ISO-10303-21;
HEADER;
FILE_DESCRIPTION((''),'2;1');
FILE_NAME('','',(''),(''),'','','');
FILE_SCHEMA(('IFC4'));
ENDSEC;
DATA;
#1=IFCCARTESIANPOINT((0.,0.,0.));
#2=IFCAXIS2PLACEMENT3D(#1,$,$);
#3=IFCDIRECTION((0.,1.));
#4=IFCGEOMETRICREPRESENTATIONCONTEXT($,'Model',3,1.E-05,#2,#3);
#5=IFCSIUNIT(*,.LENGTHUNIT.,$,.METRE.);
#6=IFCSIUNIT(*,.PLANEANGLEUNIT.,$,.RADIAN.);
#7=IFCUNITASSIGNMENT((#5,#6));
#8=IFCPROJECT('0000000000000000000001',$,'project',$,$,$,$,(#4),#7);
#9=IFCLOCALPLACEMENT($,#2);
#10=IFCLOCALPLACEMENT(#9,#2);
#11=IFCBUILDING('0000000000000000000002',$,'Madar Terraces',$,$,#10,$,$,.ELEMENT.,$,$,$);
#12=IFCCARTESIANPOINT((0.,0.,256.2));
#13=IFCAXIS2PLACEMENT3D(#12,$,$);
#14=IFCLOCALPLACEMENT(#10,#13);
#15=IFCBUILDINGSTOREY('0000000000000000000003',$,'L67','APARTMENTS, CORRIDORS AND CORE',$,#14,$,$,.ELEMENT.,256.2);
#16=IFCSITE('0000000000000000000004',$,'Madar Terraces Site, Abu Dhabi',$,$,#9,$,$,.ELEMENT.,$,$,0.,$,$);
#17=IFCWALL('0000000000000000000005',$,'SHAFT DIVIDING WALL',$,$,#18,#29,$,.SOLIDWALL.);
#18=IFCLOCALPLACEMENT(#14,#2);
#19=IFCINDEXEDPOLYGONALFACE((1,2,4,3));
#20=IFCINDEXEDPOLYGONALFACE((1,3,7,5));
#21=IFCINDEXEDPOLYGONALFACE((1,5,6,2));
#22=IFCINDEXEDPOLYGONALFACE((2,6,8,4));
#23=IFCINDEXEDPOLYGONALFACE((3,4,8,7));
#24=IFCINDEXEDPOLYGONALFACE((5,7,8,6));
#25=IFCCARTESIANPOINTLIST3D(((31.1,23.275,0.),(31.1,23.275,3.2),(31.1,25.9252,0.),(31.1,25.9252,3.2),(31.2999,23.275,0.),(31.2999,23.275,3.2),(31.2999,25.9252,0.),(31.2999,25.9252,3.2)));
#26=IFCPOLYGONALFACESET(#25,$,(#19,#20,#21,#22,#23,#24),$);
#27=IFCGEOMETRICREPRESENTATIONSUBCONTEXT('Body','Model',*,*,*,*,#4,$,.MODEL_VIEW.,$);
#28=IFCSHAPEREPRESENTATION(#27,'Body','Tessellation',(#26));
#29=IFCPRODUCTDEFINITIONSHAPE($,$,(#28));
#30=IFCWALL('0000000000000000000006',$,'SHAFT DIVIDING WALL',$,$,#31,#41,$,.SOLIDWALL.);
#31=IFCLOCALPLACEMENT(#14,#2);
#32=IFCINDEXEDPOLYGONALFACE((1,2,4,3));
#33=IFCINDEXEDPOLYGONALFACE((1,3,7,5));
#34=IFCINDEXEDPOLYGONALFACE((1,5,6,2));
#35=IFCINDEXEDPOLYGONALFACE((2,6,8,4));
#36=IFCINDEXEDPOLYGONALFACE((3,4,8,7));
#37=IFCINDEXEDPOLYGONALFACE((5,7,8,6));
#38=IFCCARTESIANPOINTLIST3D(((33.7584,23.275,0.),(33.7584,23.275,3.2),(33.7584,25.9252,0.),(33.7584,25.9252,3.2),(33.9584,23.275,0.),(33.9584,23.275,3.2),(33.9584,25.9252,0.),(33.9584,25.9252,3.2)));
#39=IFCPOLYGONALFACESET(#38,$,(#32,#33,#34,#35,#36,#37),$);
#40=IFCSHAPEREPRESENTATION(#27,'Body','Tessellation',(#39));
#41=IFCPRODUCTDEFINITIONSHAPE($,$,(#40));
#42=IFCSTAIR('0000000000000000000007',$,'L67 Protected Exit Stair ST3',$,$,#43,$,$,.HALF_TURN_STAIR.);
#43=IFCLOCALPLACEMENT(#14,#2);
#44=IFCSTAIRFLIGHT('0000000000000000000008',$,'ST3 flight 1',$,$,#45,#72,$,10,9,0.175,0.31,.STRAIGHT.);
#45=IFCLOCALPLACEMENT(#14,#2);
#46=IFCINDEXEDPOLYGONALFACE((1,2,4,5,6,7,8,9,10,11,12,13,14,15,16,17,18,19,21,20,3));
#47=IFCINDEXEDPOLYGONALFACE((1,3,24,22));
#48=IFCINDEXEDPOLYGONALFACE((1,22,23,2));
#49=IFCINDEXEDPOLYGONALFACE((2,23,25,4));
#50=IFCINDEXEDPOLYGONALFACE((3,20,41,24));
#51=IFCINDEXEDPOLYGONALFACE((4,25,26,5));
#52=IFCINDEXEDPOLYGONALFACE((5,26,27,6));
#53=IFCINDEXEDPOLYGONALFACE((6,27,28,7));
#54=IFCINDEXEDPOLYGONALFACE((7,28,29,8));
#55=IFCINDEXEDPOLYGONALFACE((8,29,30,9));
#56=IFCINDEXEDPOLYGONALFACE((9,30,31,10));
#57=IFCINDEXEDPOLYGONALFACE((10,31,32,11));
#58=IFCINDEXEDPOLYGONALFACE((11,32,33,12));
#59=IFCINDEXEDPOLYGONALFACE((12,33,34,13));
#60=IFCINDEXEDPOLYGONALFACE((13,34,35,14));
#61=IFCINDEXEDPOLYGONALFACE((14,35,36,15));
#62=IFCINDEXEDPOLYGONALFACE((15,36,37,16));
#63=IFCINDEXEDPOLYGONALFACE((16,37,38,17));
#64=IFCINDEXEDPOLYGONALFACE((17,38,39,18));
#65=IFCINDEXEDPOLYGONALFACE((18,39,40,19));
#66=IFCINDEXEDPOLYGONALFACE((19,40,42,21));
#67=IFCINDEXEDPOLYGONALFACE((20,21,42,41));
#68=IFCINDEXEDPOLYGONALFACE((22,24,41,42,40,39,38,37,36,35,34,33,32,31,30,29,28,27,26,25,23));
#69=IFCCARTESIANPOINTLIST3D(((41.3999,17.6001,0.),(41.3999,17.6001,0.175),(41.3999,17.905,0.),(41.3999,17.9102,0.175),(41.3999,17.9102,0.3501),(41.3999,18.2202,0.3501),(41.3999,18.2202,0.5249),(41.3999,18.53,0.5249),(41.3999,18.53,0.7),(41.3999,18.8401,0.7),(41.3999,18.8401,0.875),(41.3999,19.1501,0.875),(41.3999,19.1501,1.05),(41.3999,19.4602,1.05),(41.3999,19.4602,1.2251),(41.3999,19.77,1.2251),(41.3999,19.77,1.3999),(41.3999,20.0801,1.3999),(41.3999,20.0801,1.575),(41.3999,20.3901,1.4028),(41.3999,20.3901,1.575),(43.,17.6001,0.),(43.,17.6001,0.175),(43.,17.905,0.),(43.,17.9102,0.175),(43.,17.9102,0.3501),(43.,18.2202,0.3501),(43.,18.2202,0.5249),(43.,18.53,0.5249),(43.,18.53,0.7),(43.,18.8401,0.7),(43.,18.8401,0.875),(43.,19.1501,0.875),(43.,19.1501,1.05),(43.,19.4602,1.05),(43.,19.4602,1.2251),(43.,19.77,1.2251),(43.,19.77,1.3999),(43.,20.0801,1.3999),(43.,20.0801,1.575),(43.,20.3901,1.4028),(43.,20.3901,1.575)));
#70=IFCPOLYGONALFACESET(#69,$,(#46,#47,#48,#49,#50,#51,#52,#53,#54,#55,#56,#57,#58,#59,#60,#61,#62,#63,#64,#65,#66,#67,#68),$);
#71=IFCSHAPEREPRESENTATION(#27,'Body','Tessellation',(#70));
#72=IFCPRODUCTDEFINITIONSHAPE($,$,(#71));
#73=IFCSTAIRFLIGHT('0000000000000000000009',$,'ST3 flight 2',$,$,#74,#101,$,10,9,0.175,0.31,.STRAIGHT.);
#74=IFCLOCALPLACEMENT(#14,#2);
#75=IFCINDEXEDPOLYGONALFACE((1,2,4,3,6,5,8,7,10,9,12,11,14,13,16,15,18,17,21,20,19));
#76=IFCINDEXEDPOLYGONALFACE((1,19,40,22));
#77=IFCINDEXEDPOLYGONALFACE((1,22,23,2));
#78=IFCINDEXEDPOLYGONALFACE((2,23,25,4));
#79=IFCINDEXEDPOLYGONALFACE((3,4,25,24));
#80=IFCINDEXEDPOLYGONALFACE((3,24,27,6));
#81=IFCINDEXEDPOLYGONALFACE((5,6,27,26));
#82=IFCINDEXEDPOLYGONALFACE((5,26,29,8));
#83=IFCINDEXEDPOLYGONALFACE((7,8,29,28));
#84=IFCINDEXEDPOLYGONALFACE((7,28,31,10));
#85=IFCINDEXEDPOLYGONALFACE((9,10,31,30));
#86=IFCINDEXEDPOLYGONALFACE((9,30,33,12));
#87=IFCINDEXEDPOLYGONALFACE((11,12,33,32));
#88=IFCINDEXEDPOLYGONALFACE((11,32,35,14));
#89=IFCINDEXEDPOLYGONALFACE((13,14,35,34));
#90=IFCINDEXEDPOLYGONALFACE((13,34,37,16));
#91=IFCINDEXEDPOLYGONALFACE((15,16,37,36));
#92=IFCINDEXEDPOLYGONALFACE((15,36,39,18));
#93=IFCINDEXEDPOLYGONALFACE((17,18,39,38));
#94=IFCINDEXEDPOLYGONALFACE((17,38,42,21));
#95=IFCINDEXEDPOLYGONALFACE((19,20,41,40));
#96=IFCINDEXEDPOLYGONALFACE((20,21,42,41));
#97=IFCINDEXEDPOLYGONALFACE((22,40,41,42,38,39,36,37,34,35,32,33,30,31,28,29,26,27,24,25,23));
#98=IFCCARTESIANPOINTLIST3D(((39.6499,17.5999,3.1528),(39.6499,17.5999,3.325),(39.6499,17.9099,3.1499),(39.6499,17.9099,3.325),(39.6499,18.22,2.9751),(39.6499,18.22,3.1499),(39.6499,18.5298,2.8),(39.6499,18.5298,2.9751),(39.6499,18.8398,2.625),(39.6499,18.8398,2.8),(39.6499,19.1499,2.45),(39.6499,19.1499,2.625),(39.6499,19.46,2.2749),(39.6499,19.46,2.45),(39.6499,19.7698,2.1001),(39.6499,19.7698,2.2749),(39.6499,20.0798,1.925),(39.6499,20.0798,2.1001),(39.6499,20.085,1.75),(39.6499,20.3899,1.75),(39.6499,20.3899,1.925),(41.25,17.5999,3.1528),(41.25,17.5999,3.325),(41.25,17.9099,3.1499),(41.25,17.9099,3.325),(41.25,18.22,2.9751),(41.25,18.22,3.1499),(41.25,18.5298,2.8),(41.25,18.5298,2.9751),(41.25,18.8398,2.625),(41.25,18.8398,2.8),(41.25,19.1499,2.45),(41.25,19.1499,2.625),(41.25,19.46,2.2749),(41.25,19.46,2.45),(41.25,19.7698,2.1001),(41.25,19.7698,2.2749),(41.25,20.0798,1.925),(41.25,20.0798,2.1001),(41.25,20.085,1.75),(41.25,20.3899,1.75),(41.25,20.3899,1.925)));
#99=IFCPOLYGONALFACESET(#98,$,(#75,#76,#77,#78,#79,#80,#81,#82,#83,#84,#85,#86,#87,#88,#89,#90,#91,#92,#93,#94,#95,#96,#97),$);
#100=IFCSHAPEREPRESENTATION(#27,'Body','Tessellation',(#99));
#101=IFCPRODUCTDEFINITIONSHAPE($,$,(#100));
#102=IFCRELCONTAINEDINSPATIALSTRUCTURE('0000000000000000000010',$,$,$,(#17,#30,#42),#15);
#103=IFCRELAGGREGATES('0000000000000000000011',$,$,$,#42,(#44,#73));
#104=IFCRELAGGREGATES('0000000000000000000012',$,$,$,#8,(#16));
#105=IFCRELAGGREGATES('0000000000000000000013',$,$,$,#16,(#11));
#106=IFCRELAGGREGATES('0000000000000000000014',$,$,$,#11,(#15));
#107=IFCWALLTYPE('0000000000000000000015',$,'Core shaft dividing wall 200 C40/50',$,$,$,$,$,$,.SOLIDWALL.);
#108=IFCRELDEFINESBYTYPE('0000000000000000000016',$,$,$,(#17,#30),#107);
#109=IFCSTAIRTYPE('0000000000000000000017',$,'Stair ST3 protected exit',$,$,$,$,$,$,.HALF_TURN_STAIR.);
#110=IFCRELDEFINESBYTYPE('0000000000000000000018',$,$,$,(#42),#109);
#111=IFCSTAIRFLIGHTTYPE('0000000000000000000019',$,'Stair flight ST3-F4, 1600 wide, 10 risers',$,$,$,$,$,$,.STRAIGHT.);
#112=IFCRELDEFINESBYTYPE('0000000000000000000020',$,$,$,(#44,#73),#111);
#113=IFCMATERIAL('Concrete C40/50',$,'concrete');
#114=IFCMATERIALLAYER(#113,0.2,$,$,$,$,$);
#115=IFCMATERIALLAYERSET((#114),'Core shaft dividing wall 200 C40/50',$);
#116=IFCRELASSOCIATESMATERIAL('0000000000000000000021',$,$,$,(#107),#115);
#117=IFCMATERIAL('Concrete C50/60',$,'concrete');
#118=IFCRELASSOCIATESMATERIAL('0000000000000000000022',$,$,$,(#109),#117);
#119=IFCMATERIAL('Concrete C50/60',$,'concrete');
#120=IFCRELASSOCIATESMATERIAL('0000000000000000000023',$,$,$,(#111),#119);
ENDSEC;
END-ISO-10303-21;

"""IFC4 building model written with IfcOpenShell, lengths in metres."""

from ifc_helpers import new_model, si_unit, direction, frame, frame_2d, origin, place, context, subcontext, project, spatial, polyline, rectangle, outline, extrude, material, layer, layer_set, type_object, element, aggregate, save


model = new_model("IFC4")

# Units and contexts
model_context = context("Model", 3, precision=1e-05, world=origin(), true_north=direction((0.0, 1.0)))
body_context = subcontext(model_context, "Body", "Model", "MODEL_VIEW")
ifc_project = project(units=[si_unit("LENGTHUNIT", "METRE"), si_unit("PLANEANGLEUNIT", "RADIAN")], contexts=[model_context])

# Site, building, storey
site_placement = place(None, origin())
site = spatial("IfcSite", under=ifc_project, at=site_placement, Name="Madar Terraces Site, Abu Dhabi", CompositionType="ELEMENT", RefElevation=0.0)
building_placement = place(site_placement, origin())
building = spatial("IfcBuilding", under=site, at=building_placement, Name="Madar Terraces", CompositionType="ELEMENT")
storey_placement = place(building_placement, frame((0.0, 0.0, 256.2)))
storey = spatial("IfcBuildingStorey", under=building, at=storey_placement, Name="L67", Description="APARTMENTS, CORRIDORS AND CORE", CompositionType="ELEMENT", Elevation=256.2)

# Walls
ifc_material_1 = material(Name="Concrete C40/50", Category="concrete")
ifc_layer_1 = layer(ifc_material_1, 0.2)
ifc_layer_set_1 = layer_set([ifc_layer_1], Name="Core shaft dividing wall 200 C40/50")
wall_type_1 = type_object("IfcWallType", Name="Core shaft dividing wall 200 C40/50", PredefinedType="SOLIDWALL", material=ifc_layer_set_1)
for number, where, z_axis, x_axis, name in (
    (1, (31.2, 23.2749, 0.0), (0.0, 0.0, 1.0), (0.0, 1.0, 0.0), "SHAFT DIVIDING WALL"),
    (2, (33.8584, 23.2749, 0.0), (0.0, 0.0, 1.0), (0.0, 1.0, 0.0), "SHAFT DIVIDING WALL"),
):
    element("IfcWall", number, at=place(storey_placement, frame(where, z_axis=z_axis, x_axis=x_axis)), inside=storey, type_object=wall_type_1, Name=name, PredefinedType="SOLIDWALL", context=body_context, shape_type="SweptSolid", body=[
        extrude(rectangle(XDim=2.6501, YDim=0.2, at=frame_2d((1.3252, 0.0))), origin(), (0.0, 0.0, 1.0), 3.2),
    ])

# Stair, stair flights
ifc_material_2 = material(Name="Concrete C50/60", Category="concrete")
stair_type = type_object("IfcStairType", Name="Stair ST3 protected exit", PredefinedType="HALF_TURN_STAIR", material=ifc_material_2)
stair_placement = place(storey_placement, origin())
stair = element("IfcStair", 3, at=stair_placement, inside=storey, type_object=stair_type, Name="L67 Protected Exit Stair ST3", PredefinedType="HALF_TURN_STAIR")
ifc_material_3 = material(Name="Concrete C50/60", Category="concrete")
stair_flight_type = type_object("IfcStairFlightType", Name="Stair flight ST3-F4, 1600 wide, 10 risers", PredefinedType="STRAIGHT", material=ifc_material_3)
stair_flight_1_placement = place(storey_placement, frame((42.2, 17.6001, 0.0), z_axis=(0.0, 0.0, 1.0), x_axis=(0.0, 1.0, 0.0)))
stair_flight_1 = element("IfcStairFlight", 4, at=stair_flight_1_placement, type_object=stair_flight_type, Name="ST3 flight 1", NumberOfRisers=10, NumberOfTreads=9, PredefinedType="STRAIGHT", RiserHeight=0.175, TreadLength=0.31, context=body_context, shape_type="SweptSolid", body=[
    extrude(outline(polyline([(0.0, 0.0), (0.0, 0.175), (0.3101, 0.175), (0.3101, 0.3501), (0.6201, 0.3501), (0.6201, 0.5249), (0.9299, 0.5249), (0.9299, 0.7), (1.24, 0.7), (1.24, 0.875), (1.55, 0.875), (1.55, 1.05), (1.8601, 1.05), (1.8601, 1.2251), (2.1699, 1.2251), (2.1699, 1.3999), (2.48, 1.3999), (2.48, 1.575), (2.79, 1.575), (2.79, 1.75), (2.79, 1.4028), (0.3049, 0.0), (0.0, 0.0)])), frame((0.0, 0.8, 0.0), z_axis=(0.0, -1.0, 0.0), x_axis=(1.0, 0.0, 0.0)), (0.0, 0.0, 1.0), 1.6001),
])
stair_flight_2_placement = place(storey_placement, frame((40.45, 20.3899, 1.75), z_axis=(0.0, 0.0, 1.0), x_axis=(0.0, -1.0, 0.0)))
stair_flight_2 = element("IfcStairFlight", 5, at=stair_flight_2_placement, type_object=stair_flight_type, Name="ST3 flight 2", NumberOfRisers=10, NumberOfTreads=9, PredefinedType="STRAIGHT", RiserHeight=0.175, TreadLength=0.31, context=body_context, shape_type="SweptSolid", body=[
    extrude(outline(polyline([(0.0, 0.0), (0.0, 0.175), (0.3101, 0.175), (0.3101, 0.3501), (0.6201, 0.3501), (0.6201, 0.5249), (0.9299, 0.5249), (0.9299, 0.7), (1.24, 0.7), (1.24, 0.875), (1.55, 0.875), (1.55, 1.05), (1.8601, 1.05), (1.8601, 1.2251), (2.1699, 1.2251), (2.1699, 1.3999), (2.48, 1.3999), (2.48, 1.575), (2.79, 1.575), (2.79, 1.75), (2.79, 1.4028), (0.3049, 0.0), (0.0, 0.0)])), frame((0.0, 0.8, 0.0), z_axis=(0.0, -1.0, 0.0), x_axis=(1.0, 0.0, 0.0)), (0.0, 0.0, 1.0), 1.6001),
])
aggregate(stair, [stair_flight_1, stair_flight_2])

save(model, "model.ifc")
